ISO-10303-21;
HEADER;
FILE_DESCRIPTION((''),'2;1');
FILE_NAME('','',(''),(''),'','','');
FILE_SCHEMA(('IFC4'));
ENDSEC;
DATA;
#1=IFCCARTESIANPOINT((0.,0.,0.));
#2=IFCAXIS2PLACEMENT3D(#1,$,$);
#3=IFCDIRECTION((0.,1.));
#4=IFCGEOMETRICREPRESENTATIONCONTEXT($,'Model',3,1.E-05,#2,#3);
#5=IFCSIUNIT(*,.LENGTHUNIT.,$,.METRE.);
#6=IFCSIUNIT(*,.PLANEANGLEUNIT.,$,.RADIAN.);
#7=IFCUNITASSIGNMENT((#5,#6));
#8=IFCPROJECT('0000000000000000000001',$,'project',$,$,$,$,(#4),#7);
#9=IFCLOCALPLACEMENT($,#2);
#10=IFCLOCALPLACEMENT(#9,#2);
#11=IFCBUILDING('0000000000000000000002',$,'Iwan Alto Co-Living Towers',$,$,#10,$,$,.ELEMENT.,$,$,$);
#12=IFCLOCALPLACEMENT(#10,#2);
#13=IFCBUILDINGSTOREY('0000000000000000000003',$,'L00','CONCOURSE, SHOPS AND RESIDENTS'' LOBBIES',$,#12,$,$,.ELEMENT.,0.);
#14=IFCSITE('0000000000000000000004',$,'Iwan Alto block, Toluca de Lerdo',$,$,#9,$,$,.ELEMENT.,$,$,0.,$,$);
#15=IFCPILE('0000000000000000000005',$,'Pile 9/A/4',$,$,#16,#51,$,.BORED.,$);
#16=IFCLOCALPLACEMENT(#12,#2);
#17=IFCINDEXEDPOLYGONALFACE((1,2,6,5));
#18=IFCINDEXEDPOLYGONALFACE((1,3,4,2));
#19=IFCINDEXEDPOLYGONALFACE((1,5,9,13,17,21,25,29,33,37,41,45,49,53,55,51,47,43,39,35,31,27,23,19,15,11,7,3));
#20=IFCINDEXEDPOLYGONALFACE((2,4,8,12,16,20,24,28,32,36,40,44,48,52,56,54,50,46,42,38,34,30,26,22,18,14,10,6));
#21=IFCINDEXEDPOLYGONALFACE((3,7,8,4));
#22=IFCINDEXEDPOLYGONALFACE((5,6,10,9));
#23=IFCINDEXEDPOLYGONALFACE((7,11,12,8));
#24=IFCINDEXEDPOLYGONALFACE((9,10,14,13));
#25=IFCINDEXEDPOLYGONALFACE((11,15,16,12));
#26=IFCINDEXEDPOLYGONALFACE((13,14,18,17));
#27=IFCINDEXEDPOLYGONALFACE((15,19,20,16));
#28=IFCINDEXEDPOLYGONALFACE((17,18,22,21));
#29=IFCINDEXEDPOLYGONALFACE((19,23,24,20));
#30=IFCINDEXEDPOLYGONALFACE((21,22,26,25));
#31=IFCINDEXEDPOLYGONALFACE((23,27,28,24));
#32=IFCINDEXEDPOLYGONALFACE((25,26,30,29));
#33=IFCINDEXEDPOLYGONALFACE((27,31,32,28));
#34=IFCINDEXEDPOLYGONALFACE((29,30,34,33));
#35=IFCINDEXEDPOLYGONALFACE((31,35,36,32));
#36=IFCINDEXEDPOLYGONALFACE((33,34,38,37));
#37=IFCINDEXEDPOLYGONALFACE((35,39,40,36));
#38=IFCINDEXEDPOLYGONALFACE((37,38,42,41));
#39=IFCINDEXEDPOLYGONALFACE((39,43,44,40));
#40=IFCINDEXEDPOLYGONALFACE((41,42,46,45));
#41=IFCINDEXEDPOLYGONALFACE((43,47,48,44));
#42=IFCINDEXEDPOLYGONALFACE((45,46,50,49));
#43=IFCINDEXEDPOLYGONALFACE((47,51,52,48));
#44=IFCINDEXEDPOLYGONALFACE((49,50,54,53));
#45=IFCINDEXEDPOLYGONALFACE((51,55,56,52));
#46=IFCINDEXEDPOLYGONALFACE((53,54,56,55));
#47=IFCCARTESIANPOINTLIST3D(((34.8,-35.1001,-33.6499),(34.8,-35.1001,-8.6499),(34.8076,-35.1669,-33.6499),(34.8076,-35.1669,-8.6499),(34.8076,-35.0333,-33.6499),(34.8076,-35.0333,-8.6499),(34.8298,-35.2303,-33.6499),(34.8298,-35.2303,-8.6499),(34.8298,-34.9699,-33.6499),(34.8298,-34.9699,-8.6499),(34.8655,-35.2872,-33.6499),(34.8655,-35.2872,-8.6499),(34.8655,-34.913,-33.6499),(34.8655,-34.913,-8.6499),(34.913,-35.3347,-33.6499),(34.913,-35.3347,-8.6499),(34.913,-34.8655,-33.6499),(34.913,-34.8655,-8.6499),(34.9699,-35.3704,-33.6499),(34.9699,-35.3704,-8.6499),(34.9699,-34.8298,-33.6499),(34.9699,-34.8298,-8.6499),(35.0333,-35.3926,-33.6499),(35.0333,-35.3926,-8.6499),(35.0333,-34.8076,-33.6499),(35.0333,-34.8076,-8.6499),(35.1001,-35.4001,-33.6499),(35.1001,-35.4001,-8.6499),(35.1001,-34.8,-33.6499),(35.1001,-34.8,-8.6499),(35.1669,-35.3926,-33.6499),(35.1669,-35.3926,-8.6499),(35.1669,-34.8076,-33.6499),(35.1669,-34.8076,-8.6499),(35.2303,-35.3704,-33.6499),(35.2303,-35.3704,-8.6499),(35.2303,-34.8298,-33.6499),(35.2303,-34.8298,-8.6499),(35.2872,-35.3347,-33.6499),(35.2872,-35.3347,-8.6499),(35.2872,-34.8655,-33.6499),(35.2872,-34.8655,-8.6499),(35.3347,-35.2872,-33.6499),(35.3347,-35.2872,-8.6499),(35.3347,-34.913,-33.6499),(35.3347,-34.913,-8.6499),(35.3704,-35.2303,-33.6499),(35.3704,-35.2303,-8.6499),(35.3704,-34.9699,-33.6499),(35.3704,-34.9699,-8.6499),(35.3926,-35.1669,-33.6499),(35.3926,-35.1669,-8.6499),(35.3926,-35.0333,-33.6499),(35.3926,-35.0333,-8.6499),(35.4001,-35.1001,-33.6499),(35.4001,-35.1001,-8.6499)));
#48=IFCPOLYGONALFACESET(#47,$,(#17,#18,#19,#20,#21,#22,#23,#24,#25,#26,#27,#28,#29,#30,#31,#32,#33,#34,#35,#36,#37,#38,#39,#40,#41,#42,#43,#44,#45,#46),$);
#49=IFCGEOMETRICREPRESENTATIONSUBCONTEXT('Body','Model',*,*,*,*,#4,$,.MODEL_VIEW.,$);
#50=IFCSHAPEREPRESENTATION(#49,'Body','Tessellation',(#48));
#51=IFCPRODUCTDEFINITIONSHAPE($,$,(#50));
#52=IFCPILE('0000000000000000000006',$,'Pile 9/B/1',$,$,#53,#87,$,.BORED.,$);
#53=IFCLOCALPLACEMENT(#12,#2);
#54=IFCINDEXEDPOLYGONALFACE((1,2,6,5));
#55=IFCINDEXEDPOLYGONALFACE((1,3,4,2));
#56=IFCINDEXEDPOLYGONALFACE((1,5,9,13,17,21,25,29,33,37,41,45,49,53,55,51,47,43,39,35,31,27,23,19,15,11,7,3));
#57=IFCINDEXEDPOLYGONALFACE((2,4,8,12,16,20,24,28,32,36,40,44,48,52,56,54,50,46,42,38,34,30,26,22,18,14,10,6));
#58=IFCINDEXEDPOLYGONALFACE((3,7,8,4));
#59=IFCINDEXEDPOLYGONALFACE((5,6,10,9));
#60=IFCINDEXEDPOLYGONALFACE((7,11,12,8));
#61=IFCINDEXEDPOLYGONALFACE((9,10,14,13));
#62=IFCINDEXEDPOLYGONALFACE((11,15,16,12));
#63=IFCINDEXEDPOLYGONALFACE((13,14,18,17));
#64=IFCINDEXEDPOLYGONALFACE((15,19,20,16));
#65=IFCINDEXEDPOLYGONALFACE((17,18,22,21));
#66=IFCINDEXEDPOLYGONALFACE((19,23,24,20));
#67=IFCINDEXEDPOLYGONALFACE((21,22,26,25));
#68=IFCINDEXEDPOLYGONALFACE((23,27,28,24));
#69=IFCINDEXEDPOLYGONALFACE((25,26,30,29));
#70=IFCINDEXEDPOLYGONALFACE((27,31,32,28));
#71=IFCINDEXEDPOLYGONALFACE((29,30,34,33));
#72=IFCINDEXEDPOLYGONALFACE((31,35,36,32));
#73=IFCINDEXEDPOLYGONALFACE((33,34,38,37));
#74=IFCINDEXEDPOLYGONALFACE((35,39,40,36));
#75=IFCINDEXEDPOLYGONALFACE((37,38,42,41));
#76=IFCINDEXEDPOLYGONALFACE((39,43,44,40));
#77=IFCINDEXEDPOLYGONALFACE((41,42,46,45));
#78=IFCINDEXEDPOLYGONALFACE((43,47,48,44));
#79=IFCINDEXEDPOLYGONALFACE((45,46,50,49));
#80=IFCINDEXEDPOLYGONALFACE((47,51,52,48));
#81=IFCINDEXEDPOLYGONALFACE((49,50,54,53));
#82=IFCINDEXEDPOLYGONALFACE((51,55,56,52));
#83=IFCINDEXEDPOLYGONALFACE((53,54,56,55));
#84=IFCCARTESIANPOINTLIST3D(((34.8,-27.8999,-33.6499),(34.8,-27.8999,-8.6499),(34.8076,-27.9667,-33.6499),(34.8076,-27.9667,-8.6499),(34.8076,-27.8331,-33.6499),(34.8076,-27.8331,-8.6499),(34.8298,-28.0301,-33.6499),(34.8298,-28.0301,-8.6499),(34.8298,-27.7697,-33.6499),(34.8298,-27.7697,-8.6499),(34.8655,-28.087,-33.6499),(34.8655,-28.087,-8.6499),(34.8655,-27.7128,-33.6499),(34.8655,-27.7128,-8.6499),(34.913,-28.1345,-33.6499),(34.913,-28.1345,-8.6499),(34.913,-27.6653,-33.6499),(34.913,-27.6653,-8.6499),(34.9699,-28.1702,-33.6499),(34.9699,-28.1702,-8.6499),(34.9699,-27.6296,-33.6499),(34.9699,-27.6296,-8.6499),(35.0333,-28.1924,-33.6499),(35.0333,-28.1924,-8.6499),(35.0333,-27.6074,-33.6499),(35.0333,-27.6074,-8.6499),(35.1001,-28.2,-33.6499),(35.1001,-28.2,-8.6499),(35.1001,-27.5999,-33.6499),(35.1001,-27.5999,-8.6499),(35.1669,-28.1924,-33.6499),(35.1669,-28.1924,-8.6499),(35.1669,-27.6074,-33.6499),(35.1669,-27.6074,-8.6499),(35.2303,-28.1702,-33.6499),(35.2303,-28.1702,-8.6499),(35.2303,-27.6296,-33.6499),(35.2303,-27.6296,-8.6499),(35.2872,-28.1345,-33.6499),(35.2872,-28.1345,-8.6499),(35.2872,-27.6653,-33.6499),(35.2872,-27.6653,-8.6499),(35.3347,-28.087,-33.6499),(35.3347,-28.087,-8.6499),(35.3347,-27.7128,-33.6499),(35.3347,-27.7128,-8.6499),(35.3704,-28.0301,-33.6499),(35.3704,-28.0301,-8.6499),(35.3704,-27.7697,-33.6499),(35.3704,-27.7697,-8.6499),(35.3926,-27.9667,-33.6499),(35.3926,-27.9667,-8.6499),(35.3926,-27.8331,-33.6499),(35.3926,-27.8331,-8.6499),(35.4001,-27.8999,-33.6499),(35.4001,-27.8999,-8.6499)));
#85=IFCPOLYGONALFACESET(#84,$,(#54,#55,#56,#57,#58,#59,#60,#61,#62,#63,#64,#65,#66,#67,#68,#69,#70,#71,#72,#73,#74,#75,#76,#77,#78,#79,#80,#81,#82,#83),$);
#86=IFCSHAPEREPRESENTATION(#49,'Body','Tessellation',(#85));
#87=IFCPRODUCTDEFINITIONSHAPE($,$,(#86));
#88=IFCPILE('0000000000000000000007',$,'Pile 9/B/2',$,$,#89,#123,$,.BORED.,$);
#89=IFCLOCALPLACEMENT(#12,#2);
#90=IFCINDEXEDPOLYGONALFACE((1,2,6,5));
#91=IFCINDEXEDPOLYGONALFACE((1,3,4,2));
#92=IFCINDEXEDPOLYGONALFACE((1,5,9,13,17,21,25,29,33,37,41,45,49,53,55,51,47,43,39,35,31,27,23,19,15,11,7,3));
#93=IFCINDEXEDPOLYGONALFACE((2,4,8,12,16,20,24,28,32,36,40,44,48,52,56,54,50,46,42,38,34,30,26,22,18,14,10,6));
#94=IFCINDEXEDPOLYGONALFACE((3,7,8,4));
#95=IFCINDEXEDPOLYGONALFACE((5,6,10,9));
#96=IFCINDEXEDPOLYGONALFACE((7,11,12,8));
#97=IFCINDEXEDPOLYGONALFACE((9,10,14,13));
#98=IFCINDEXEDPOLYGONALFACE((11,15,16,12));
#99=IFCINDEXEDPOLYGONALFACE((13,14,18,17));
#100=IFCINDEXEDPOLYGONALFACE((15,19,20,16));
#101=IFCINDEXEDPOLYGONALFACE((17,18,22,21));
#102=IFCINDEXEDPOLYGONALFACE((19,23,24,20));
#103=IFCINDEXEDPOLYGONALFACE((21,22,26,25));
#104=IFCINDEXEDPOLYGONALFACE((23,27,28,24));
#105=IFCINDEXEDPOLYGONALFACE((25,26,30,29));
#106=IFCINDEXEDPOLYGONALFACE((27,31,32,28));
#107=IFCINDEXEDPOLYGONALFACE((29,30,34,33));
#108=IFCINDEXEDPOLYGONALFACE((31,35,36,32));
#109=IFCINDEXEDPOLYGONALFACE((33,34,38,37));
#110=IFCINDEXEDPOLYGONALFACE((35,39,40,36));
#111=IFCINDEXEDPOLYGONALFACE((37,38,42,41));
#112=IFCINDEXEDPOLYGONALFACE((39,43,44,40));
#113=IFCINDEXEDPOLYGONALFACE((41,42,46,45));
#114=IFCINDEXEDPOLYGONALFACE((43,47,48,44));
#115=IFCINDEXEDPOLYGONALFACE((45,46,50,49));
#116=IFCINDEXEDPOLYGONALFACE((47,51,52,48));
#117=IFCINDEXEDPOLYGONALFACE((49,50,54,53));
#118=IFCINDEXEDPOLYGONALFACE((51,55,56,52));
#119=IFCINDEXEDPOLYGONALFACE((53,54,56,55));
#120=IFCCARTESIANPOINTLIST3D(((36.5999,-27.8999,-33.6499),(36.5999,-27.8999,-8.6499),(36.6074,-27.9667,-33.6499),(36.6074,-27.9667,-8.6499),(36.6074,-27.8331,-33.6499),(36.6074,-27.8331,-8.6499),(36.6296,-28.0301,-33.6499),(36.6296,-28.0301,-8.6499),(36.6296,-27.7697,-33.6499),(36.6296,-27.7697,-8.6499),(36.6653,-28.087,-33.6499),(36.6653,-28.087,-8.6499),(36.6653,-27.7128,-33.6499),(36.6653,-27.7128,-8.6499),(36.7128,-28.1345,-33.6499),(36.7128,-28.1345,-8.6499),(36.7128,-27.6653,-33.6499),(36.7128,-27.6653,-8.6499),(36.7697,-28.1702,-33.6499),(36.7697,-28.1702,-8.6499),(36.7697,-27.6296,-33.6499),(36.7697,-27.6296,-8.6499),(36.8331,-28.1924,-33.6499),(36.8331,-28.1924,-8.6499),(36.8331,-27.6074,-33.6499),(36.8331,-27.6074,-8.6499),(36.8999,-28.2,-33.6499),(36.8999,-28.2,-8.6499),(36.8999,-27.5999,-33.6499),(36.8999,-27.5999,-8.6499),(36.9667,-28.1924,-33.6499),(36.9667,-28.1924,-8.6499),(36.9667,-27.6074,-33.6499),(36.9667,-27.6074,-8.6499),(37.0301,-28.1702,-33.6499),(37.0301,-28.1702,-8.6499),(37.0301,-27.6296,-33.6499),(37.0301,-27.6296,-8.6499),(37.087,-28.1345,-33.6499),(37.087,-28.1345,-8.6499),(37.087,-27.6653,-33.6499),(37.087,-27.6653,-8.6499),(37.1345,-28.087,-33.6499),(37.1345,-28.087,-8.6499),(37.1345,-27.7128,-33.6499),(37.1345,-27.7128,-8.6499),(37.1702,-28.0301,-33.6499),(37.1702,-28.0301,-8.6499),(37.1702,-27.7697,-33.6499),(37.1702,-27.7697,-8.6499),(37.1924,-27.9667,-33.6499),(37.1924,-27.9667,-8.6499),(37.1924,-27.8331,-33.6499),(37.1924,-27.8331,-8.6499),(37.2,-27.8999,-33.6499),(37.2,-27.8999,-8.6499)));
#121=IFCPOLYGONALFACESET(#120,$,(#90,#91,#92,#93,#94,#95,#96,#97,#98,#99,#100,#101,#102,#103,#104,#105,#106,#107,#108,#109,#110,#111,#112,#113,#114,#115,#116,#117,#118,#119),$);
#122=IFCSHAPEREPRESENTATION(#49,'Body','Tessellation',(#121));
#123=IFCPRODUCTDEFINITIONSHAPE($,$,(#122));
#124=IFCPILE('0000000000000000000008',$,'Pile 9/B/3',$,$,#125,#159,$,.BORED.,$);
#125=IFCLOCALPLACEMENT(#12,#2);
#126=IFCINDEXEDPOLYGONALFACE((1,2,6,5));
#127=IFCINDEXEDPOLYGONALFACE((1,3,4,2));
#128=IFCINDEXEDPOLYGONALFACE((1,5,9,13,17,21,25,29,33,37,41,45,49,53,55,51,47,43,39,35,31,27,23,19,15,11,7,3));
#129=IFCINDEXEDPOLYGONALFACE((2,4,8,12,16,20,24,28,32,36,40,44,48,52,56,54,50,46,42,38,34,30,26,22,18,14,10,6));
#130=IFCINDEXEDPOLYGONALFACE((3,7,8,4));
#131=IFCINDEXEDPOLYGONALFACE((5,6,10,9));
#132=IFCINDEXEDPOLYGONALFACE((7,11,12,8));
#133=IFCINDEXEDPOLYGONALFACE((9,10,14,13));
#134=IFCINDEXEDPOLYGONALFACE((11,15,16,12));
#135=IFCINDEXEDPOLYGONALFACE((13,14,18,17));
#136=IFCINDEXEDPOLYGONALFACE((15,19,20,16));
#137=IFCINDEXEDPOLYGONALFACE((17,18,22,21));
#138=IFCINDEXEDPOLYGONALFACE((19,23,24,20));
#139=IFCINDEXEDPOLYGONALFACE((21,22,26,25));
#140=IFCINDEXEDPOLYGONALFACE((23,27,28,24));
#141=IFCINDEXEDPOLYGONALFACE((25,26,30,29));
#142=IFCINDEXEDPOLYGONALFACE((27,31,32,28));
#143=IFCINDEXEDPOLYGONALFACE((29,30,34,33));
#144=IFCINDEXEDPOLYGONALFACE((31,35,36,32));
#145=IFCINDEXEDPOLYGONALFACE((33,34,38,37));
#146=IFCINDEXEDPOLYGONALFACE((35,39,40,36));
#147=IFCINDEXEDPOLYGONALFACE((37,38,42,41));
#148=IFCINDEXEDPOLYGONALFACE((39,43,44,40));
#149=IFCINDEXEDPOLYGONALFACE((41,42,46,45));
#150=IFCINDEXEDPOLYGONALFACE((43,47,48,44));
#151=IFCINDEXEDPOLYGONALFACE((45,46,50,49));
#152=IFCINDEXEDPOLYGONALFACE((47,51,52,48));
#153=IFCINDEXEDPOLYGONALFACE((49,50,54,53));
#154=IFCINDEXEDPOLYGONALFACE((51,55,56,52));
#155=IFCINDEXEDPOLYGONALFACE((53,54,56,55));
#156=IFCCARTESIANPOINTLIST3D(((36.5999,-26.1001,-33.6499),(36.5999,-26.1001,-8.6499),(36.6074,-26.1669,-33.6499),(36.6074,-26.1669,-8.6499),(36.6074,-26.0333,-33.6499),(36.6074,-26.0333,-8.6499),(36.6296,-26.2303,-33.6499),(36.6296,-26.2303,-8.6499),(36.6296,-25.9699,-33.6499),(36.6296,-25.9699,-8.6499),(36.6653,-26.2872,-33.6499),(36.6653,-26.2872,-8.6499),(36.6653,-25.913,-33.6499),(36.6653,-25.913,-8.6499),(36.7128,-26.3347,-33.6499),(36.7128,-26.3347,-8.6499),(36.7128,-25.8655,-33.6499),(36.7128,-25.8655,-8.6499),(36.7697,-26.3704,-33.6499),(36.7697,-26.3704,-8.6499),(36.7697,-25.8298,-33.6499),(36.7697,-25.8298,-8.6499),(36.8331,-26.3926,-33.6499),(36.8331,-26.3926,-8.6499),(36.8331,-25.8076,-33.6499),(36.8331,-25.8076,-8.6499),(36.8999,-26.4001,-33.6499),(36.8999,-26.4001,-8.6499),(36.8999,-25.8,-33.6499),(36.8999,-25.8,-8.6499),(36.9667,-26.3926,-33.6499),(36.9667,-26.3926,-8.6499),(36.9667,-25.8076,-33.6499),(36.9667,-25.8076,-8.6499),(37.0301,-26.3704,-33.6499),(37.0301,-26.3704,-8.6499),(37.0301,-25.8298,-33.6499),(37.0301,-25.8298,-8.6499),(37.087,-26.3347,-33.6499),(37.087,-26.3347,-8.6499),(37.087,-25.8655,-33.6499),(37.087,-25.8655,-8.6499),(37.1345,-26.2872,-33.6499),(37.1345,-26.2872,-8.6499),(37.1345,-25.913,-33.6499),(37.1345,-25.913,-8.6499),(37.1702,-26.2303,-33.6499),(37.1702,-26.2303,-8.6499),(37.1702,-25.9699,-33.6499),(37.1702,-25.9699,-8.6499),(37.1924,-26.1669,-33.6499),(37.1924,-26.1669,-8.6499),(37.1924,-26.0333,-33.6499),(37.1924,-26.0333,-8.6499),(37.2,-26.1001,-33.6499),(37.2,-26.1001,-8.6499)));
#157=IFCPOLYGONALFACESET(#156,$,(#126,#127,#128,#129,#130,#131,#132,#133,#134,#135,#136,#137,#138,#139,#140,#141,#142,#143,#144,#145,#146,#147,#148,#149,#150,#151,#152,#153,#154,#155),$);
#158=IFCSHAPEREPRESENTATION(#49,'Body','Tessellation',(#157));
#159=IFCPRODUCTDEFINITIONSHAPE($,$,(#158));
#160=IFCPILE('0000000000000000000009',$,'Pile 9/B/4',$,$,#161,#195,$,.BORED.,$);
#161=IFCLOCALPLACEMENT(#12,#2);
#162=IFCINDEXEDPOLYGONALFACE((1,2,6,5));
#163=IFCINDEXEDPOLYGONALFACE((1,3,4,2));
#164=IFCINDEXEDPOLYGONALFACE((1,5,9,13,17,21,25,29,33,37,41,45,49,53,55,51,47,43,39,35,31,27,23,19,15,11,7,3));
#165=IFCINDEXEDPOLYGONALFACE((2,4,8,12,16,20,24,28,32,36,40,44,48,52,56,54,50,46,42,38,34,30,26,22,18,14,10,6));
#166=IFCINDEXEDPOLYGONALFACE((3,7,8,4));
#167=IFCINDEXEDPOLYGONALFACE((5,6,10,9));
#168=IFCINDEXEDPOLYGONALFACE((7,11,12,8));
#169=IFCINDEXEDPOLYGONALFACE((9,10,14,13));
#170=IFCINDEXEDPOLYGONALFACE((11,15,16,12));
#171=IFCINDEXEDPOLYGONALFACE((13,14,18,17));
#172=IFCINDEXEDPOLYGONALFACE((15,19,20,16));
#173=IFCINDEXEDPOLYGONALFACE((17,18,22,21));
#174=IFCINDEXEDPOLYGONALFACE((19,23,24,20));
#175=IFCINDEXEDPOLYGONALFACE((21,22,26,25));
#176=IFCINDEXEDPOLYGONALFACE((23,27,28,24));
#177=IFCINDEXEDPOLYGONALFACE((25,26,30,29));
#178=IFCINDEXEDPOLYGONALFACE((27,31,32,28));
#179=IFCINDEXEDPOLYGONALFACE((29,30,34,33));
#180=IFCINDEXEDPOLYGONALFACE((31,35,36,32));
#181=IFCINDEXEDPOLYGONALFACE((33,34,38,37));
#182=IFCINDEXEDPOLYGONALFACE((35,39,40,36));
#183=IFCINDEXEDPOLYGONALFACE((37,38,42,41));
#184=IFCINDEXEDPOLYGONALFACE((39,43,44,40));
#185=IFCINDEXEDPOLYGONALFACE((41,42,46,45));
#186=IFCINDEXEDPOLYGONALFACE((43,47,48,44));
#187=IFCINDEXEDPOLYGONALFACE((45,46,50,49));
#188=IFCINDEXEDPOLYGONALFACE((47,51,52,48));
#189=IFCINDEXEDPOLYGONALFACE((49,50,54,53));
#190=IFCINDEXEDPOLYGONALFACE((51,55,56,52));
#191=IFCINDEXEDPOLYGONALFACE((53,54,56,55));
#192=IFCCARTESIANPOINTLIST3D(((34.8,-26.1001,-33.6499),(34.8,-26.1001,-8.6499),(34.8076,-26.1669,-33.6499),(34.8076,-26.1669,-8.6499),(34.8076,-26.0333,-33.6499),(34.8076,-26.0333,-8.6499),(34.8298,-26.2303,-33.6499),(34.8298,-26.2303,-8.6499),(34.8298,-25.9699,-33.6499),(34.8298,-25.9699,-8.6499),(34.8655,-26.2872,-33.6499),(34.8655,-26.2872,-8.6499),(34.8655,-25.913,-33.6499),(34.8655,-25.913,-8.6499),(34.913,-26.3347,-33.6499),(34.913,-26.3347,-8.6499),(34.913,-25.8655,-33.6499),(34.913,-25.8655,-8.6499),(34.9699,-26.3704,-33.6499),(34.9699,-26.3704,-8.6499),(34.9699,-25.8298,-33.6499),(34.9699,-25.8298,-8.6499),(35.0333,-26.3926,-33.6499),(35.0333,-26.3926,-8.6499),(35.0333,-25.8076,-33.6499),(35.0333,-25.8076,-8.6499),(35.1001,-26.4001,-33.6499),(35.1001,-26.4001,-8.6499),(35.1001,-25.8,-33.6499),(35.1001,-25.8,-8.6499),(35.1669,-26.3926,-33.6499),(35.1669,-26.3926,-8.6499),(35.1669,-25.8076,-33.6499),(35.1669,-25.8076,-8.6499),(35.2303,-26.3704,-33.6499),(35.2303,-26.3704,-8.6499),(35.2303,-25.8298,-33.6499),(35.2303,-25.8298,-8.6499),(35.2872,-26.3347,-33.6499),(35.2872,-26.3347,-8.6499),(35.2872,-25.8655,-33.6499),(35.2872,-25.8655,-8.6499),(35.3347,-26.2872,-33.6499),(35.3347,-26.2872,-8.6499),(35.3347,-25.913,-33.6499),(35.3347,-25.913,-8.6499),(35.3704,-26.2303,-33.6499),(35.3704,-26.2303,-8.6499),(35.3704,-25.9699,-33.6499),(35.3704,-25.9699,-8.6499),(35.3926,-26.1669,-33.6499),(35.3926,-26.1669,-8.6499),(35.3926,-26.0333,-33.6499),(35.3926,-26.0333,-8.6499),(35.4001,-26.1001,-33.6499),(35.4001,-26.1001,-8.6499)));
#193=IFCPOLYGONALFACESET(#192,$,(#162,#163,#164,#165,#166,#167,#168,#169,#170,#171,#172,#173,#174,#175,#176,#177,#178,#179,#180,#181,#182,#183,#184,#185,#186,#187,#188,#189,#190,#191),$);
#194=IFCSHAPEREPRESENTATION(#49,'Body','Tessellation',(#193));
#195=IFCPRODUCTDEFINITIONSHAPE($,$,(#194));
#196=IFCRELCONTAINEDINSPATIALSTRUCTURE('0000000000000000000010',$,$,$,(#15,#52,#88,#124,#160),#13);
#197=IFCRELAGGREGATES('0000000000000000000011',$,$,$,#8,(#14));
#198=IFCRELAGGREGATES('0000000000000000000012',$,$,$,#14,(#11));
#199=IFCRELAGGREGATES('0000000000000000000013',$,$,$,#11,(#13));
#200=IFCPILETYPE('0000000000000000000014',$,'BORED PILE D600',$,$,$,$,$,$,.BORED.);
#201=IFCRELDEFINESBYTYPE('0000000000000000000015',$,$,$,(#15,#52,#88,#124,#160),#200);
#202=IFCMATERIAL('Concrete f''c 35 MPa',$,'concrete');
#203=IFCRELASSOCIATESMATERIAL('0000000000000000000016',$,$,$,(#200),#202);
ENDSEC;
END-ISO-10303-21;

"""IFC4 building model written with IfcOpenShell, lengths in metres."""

from ifc_helpers import new_model, si_unit, direction, frame, origin, origin_2d, place, context, subcontext, project, spatial, circle, extrude, material, material_profile, profile_set, type_object, element, save


model = new_model("IFC4")

# Units and contexts
model_context = context("Model", 3, precision=1e-05, world=origin(), true_north=direction((0.0, 1.0)))
body_context = subcontext(model_context, "Body", "Model", "MODEL_VIEW")
ifc_project = project(units=[si_unit("LENGTHUNIT", "METRE"), si_unit("PLANEANGLEUNIT", "RADIAN")], contexts=[model_context])

# Site, building, storey
site_placement = place(None, origin())
site = spatial("IfcSite", under=ifc_project, at=site_placement, Name="Iwan Alto block, Toluca de Lerdo", CompositionType="ELEMENT", RefElevation=0.0)
building_placement = place(site_placement, origin())
building = spatial("IfcBuilding", under=site, at=building_placement, Name="Iwan Alto Co-Living Towers", CompositionType="ELEMENT")
storey_placement = place(building_placement, origin())
storey = spatial("IfcBuildingStorey", under=building, at=storey_placement, Name="L00", Description="CONCOURSE, SHOPS AND RESIDENTS' LOBBIES", CompositionType="ELEMENT", Elevation=0.0)

# Piles
ifc_material_1 = material(Name="Concrete f'c 35 MPa", Category="concrete")
ifc_material_profile_1 = material_profile(ifc_material_1, circle(Radius=0.3, at=origin_2d()), Name="D600")
ifc_profile_set_1 = profile_set([ifc_material_profile_1], Name="Concrete f'c 35 MPa")
pile_type_1 = type_object("IfcPileType", Name="BORED PILE D600", PredefinedType="BORED", material=ifc_profile_set_1)
for number, where, z_axis, x_axis, name in (
    (1, (35.1001, -35.1001, -8.6499), (0.0, 0.0, -1.0), (1.0, 0.0, 0.0), "Pile 9/A/4"),
    (2, (35.1001, -27.8999, -8.6499), (0.0, 0.0, -1.0), (1.0, 0.0, 0.0), "Pile 9/B/1"),
    (3, (36.8999, -27.8999, -8.6499), (0.0, 0.0, -1.0), (1.0, 0.0, 0.0), "Pile 9/B/2"),
    (4, (36.8999, -26.1001, -8.6499), (0.0, 0.0, -1.0), (1.0, 0.0, 0.0), "Pile 9/B/3"),
    (5, (35.1001, -26.1001, -8.6499), (0.0, 0.0, -1.0), (1.0, 0.0, 0.0), "Pile 9/B/4"),
):
    element("IfcPile", number, at=place(storey_placement, frame(where, z_axis=z_axis, x_axis=x_axis)), inside=storey, type_object=pile_type_1, Name=name, PredefinedType="BORED", context=body_context, shape_type="SweptSolid", body=[
        extrude(circle(Radius=0.3, at=origin_2d()), origin(), (0.0, 0.0, 1.0), 25.0),
    ])

save(model, "model.ifc")
